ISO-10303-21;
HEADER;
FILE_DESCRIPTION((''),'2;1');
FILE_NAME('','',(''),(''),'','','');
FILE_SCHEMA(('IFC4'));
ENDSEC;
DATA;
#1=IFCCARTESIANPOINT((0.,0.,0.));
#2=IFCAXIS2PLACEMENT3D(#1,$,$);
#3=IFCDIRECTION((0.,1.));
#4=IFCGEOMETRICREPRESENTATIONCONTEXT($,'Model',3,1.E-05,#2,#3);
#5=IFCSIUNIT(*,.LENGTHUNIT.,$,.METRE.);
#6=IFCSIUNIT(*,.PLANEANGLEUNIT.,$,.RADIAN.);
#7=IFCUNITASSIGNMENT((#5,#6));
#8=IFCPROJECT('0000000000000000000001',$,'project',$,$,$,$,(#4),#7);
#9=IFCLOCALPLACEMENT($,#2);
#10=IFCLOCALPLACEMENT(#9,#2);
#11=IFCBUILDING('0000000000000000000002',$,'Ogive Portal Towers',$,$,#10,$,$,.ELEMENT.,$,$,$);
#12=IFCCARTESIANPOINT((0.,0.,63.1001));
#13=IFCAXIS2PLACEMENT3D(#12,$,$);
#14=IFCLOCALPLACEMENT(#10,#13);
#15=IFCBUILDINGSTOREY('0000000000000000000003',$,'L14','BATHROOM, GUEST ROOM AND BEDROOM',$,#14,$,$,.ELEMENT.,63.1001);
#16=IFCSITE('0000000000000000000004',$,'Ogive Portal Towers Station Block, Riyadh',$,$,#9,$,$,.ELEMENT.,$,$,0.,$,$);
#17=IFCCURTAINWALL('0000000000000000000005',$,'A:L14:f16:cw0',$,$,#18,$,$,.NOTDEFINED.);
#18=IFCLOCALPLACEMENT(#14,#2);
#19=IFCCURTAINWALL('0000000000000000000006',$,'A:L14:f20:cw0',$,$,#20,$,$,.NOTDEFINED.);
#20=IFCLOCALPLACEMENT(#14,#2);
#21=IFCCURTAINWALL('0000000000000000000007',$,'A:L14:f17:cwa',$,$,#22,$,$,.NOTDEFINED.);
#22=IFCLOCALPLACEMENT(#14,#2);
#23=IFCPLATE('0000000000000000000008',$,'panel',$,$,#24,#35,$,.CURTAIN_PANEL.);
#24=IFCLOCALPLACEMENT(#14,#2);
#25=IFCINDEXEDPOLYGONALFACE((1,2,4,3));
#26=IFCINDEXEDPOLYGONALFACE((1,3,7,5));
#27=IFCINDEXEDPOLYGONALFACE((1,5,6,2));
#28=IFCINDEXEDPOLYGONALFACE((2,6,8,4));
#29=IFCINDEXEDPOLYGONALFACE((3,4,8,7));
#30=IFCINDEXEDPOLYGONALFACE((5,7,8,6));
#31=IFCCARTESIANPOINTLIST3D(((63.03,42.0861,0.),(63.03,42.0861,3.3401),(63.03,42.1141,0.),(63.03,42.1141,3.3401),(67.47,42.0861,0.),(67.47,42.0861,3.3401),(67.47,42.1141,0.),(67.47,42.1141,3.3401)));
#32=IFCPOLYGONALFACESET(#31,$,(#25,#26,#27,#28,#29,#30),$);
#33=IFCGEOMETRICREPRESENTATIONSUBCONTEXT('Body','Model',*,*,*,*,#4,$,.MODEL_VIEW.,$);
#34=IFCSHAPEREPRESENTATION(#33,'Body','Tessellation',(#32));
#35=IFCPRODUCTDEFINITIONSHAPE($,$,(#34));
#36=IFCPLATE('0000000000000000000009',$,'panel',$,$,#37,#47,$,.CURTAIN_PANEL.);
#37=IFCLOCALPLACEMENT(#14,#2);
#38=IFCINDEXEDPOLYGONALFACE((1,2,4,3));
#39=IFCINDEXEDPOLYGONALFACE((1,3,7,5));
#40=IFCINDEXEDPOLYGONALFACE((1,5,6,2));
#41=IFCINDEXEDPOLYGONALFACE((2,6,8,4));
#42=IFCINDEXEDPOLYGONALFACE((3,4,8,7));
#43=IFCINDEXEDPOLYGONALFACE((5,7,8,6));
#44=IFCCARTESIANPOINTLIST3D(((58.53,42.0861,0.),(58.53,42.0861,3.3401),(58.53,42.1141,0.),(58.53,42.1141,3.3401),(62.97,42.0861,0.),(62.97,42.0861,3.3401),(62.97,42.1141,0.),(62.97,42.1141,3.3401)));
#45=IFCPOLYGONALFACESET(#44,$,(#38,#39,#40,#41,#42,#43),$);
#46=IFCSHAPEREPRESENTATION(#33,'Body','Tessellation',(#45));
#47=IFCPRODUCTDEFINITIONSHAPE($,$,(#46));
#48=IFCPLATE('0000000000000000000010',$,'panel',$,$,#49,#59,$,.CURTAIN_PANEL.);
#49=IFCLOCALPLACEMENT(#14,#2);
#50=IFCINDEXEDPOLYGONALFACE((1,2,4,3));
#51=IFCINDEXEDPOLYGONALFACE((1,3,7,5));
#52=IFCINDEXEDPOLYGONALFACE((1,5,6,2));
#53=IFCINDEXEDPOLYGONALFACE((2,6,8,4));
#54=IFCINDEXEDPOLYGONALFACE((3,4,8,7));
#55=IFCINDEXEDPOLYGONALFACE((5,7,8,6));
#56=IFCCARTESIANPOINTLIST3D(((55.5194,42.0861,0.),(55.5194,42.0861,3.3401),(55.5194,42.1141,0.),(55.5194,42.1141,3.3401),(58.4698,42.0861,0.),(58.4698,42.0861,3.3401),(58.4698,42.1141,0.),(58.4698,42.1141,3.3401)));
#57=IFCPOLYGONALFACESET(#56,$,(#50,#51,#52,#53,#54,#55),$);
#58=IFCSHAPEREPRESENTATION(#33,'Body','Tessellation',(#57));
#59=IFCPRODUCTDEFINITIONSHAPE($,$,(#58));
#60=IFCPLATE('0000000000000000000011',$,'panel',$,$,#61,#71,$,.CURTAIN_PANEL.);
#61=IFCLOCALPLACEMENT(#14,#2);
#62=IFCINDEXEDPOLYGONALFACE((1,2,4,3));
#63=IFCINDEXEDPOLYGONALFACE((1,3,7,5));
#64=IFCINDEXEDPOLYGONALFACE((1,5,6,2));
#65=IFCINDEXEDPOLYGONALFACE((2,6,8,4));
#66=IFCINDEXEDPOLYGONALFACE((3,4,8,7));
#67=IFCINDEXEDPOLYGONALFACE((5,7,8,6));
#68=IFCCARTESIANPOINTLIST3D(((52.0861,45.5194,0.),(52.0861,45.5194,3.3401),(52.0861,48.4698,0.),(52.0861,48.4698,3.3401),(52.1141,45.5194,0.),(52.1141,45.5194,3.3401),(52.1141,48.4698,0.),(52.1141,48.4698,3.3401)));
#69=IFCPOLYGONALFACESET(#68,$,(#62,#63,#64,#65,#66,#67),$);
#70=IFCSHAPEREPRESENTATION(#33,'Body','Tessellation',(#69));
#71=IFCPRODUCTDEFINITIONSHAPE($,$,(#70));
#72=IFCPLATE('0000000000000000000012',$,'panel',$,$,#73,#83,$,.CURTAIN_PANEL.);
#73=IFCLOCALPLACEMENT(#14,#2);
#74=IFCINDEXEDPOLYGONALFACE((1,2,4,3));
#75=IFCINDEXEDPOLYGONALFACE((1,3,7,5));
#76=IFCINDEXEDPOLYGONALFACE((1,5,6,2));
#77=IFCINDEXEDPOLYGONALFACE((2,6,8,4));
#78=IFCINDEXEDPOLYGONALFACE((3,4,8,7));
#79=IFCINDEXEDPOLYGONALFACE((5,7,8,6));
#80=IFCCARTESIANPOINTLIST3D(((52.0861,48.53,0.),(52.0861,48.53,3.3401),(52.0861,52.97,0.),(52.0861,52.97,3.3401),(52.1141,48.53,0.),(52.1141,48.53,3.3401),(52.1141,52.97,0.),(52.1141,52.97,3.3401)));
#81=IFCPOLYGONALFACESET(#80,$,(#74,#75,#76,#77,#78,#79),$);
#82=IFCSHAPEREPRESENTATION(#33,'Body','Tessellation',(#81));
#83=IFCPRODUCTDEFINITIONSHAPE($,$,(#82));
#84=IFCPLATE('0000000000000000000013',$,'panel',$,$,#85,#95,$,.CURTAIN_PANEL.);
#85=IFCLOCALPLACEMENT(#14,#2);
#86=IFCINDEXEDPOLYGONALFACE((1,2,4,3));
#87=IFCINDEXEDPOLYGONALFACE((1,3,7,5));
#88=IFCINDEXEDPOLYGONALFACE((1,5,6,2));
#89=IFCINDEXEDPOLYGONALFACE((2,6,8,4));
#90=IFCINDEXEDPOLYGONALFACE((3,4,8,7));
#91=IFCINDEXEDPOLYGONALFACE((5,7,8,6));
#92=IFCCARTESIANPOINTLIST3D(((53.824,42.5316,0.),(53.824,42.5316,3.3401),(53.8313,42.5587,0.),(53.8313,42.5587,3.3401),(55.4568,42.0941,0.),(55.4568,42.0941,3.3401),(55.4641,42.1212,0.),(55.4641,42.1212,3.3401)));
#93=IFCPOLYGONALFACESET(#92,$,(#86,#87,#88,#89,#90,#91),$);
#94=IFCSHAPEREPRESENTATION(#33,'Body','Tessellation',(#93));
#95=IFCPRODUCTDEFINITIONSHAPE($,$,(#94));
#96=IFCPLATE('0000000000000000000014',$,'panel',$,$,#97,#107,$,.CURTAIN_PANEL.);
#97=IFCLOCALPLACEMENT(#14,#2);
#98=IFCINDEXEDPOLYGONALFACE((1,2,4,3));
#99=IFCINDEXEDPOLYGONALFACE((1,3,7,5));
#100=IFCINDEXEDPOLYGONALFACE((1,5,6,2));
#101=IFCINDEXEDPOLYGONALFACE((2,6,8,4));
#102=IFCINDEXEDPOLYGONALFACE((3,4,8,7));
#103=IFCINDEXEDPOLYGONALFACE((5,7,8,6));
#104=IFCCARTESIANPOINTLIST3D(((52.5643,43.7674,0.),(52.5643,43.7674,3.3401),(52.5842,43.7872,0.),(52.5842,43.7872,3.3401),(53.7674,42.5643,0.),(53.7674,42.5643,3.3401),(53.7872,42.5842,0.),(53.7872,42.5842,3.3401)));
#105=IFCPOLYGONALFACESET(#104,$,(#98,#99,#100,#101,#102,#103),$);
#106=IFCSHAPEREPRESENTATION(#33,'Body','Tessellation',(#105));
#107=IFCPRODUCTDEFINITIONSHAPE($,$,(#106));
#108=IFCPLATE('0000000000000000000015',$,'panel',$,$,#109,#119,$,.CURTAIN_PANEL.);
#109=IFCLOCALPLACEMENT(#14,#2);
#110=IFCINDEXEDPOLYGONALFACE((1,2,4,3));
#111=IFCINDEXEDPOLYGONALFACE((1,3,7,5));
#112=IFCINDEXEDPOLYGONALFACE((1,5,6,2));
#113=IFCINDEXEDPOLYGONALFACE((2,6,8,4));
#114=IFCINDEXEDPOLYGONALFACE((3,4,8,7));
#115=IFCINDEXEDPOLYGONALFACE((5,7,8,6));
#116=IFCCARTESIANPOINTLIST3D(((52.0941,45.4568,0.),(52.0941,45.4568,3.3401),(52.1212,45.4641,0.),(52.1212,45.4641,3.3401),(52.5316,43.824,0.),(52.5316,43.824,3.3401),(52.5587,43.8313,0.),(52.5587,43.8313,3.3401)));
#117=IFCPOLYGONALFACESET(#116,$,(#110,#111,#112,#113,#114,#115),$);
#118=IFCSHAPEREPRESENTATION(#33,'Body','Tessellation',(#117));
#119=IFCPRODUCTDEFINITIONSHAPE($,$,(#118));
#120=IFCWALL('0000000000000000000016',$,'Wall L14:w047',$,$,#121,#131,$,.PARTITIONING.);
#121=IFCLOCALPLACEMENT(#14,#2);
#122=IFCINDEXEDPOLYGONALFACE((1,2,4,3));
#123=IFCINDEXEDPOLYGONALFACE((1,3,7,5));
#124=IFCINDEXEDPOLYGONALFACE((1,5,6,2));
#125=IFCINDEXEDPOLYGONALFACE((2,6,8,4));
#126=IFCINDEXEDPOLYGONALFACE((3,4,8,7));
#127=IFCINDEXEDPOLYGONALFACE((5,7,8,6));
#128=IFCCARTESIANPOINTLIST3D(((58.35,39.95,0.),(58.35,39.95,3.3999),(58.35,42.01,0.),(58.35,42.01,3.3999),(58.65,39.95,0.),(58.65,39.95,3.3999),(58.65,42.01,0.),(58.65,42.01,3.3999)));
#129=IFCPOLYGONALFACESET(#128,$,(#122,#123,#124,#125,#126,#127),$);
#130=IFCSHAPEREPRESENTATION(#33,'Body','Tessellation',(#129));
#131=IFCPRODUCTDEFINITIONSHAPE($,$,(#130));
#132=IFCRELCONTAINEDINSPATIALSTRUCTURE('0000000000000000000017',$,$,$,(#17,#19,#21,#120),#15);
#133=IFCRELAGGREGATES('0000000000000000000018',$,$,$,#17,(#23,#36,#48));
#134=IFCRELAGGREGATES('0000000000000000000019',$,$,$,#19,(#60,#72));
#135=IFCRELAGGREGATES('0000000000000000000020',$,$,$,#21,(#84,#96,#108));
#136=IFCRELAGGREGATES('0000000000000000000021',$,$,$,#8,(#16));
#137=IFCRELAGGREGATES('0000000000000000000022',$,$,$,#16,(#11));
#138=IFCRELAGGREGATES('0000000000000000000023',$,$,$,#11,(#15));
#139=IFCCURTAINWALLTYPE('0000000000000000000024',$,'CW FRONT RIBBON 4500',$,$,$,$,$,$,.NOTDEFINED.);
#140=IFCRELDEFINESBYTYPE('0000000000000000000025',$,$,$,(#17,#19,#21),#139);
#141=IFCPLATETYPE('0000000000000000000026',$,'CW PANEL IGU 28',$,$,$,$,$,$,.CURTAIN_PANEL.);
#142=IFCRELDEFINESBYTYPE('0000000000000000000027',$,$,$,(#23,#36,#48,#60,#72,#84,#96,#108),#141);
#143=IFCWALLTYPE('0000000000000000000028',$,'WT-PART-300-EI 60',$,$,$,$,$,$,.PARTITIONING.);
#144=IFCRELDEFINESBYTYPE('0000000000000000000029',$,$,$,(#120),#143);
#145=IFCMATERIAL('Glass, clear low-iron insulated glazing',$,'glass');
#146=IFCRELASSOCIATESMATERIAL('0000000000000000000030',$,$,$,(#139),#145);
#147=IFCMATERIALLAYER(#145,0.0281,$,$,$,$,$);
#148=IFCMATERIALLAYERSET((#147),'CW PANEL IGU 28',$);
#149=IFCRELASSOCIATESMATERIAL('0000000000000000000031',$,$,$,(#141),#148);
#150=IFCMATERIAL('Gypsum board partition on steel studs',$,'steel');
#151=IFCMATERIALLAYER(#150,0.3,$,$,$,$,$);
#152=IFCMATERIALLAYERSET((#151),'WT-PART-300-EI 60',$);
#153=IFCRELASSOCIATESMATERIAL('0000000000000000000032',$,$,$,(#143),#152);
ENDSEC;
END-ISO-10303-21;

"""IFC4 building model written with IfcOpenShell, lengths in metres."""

from ifc_helpers import new_model, si_unit, direction, frame, frame_2d, origin, origin_2d, place, context, subcontext, project, spatial, rectangle, extrude, material, layer, layer_set, type_object, element, aggregate, save


model = new_model("IFC4")

# Units and contexts
model_context = context("Model", 3, precision=1e-05, world=origin(), true_north=direction((0.0, 1.0)))
body_context = subcontext(model_context, "Body", "Model", "MODEL_VIEW")
ifc_project = project(units=[si_unit("LENGTHUNIT", "METRE"), si_unit("PLANEANGLEUNIT", "RADIAN")], contexts=[model_context])

# Site, building, storey
site_placement = place(None, origin())
site = spatial("IfcSite", under=ifc_project, at=site_placement, Name="Ogive Portal Towers Station Block, Riyadh", CompositionType="ELEMENT", RefElevation=0.0)
building_placement = place(site_placement, origin())
building = spatial("IfcBuilding", under=site, at=building_placement, Name="Ogive Portal Towers", CompositionType="ELEMENT")
storey_placement = place(building_placement, frame((0.0, 0.0, 63.1001)))
storey = spatial("IfcBuildingStorey", under=building, at=storey_placement, Name="L14", Description="BATHROOM, GUEST ROOM AND BEDROOM", CompositionType="ELEMENT", Elevation=63.1001)

# Curtain walls
ifc_material_1 = material(Name="Glass, clear low-iron insulated glazing", Category="glass")
curtain_wall_type = type_object("IfcCurtainWallType", Name="CW FRONT RIBBON 4500", PredefinedType="NOTDEFINED", material=ifc_material_1)
curtain_wall_1_placement = place(storey_placement, origin())
curtain_wall_1 = element("IfcCurtainWall", 1, at=curtain_wall_1_placement, inside=storey, type_object=curtain_wall_type, Name="A:L14:f16:cw0", PredefinedType="NOTDEFINED")
curtain_wall_2_placement = place(storey_placement, origin())
curtain_wall_2 = element("IfcCurtainWall", 2, at=curtain_wall_2_placement, inside=storey, type_object=curtain_wall_type, Name="A:L14:f20:cw0", PredefinedType="NOTDEFINED")
curtain_wall_3_placement = place(storey_placement, origin())
curtain_wall_3 = element("IfcCurtainWall", 3, at=curtain_wall_3_placement, inside=storey, type_object=curtain_wall_type, Name="A:L14:f17:cwa", PredefinedType="NOTDEFINED")

# Plates
ifc_layer_1 = layer(ifc_material_1, 0.0281)
ifc_layer_set_1 = layer_set([ifc_layer_1], Name="CW PANEL IGU 28")
plate_type = type_object("IfcPlateType", Name="CW PANEL IGU 28", PredefinedType="CURTAIN_PANEL", material=ifc_layer_set_1)
plate_1_placement = place(storey_placement, frame((65.25, 42.1001, 0.0), z_axis=(0.0, 0.0, 1.0), x_axis=(-1.0, 0.0, 0.0)))
plate_1 = element("IfcPlate", 4, at=plate_1_placement, type_object=plate_type, Name="panel", PredefinedType="CURTAIN_PANEL", context=body_context, shape_type="SweptSolid", body=[
    extrude(rectangle(XDim=4.4399, YDim=0.0281, at=origin_2d()), origin(), (0.0, 0.0, 1.0), 3.3401),
])
plate_2_placement = place(storey_placement, frame((60.75, 42.1001, 0.0), z_axis=(0.0, 0.0, 1.0), x_axis=(-1.0, 0.0, 0.0)))
plate_2 = element("IfcPlate", 5, at=plate_2_placement, type_object=plate_type, Name="panel", PredefinedType="CURTAIN_PANEL", context=body_context, shape_type="SweptSolid", body=[
    extrude(rectangle(XDim=4.4399, YDim=0.0281, at=origin_2d()), origin(), (0.0, 0.0, 1.0), 3.3401),
])
plate_3_placement = place(storey_placement, frame((56.9946, 42.1001, 0.0), z_axis=(0.0, 0.0, 1.0), x_axis=(-1.0, 0.0, 0.0)))
plate_3 = element("IfcPlate", 6, at=plate_3_placement, type_object=plate_type, Name="panel", PredefinedType="CURTAIN_PANEL", context=body_context, shape_type="SweptSolid", body=[
    extrude(rectangle(XDim=2.9504, YDim=0.0281, at=origin_2d()), origin(), (0.0, 0.0, 1.0), 3.3401),
])
aggregate(curtain_wall_1, [plate_1, plate_2, plate_3])
plate_4_placement = place(storey_placement, frame((52.1001, 46.9946, 0.0), z_axis=(0.0, 0.0, 1.0), x_axis=(0.0, 1.0, 0.0)))
plate_4 = element("IfcPlate", 7, at=plate_4_placement, type_object=plate_type, Name="panel", PredefinedType="CURTAIN_PANEL", context=body_context, shape_type="SweptSolid", body=[
    extrude(rectangle(XDim=2.9504, YDim=0.0281, at=origin_2d()), origin(), (0.0, 0.0, 1.0), 3.3401),
])
plate_5_placement = place(storey_placement, frame((52.1001, 50.75, 0.0), z_axis=(0.0, 0.0, 1.0), x_axis=(0.0, 1.0, 0.0)))
plate_5 = element("IfcPlate", 8, at=plate_5_placement, type_object=plate_type, Name="panel", PredefinedType="CURTAIN_PANEL", context=body_context, shape_type="SweptSolid", body=[
    extrude(rectangle(XDim=4.4399, YDim=0.0281, at=origin_2d()), origin(), (0.0, 0.0, 1.0), 3.3401),
])
aggregate(curtain_wall_2, [plate_4, plate_5])
plate_6_placement = place(storey_placement, frame((54.644, 42.3264, 0.0), z_axis=(0.0, 0.0, 1.0), x_axis=(-0.965926, 0.258819, 0.0)))
plate_6 = element("IfcPlate", 9, at=plate_6_placement, type_object=plate_type, Name="panel", PredefinedType="CURTAIN_PANEL", context=body_context, shape_type="SweptSolid", body=[
    extrude(rectangle(XDim=1.6904, YDim=0.0281, at=origin_2d()), origin(), (0.0, 0.0, 1.0), 3.3401),
])
plate_7_placement = place(storey_placement, frame((53.1758, 43.1758, 0.0), z_axis=(0.0, 0.0, 1.0), x_axis=(-0.707107, 0.707107, 0.0)))
plate_7 = element("IfcPlate", 10, at=plate_7_placement, type_object=plate_type, Name="panel", PredefinedType="CURTAIN_PANEL", context=body_context, shape_type="SweptSolid", body=[
    extrude(rectangle(XDim=1.7014, YDim=0.0281, at=origin_2d()), origin(), (0.0, 0.0, 1.0), 3.3401),
])
plate_8_placement = place(storey_placement, frame((52.3264, 44.644, 0.0), z_axis=(0.0, 0.0, 1.0), x_axis=(-0.258819, 0.965926, 0.0)))
plate_8 = element("IfcPlate", 11, at=plate_8_placement, type_object=plate_type, Name="panel", PredefinedType="CURTAIN_PANEL", context=body_context, shape_type="SweptSolid", body=[
    extrude(rectangle(XDim=1.6904, YDim=0.0281, at=origin_2d()), origin(), (0.0, 0.0, 1.0), 3.3401),
])
aggregate(curtain_wall_3, [plate_6, plate_7, plate_8])

# Wall
ifc_material_2 = material(Name="Gypsum board partition on steel studs", Category="steel")
ifc_layer_2 = layer(ifc_material_2, 0.3)
ifc_layer_set_2 = layer_set([ifc_layer_2], Name="WT-PART-300-EI 60")
wall_type = type_object("IfcWallType", Name="WT-PART-300-EI 60", PredefinedType="PARTITIONING", material=ifc_layer_set_2)
wall_placement = place(storey_placement, frame((58.5, 39.95, 0.0), z_axis=(0.0, 0.0, 1.0), x_axis=(0.0, 1.0, 0.0)))
element("IfcWall", 12, at=wall_placement, inside=storey, type_object=wall_type, Name="Wall L14:w047", PredefinedType="PARTITIONING", context=body_context, shape_type="SweptSolid", body=[
    extrude(rectangle(XDim=2.0601, YDim=0.3, at=frame_2d((1.03, 0.0))), origin(), (0.0, 0.0, 1.0), 3.3999),
])

save(model, "model.ifc")
